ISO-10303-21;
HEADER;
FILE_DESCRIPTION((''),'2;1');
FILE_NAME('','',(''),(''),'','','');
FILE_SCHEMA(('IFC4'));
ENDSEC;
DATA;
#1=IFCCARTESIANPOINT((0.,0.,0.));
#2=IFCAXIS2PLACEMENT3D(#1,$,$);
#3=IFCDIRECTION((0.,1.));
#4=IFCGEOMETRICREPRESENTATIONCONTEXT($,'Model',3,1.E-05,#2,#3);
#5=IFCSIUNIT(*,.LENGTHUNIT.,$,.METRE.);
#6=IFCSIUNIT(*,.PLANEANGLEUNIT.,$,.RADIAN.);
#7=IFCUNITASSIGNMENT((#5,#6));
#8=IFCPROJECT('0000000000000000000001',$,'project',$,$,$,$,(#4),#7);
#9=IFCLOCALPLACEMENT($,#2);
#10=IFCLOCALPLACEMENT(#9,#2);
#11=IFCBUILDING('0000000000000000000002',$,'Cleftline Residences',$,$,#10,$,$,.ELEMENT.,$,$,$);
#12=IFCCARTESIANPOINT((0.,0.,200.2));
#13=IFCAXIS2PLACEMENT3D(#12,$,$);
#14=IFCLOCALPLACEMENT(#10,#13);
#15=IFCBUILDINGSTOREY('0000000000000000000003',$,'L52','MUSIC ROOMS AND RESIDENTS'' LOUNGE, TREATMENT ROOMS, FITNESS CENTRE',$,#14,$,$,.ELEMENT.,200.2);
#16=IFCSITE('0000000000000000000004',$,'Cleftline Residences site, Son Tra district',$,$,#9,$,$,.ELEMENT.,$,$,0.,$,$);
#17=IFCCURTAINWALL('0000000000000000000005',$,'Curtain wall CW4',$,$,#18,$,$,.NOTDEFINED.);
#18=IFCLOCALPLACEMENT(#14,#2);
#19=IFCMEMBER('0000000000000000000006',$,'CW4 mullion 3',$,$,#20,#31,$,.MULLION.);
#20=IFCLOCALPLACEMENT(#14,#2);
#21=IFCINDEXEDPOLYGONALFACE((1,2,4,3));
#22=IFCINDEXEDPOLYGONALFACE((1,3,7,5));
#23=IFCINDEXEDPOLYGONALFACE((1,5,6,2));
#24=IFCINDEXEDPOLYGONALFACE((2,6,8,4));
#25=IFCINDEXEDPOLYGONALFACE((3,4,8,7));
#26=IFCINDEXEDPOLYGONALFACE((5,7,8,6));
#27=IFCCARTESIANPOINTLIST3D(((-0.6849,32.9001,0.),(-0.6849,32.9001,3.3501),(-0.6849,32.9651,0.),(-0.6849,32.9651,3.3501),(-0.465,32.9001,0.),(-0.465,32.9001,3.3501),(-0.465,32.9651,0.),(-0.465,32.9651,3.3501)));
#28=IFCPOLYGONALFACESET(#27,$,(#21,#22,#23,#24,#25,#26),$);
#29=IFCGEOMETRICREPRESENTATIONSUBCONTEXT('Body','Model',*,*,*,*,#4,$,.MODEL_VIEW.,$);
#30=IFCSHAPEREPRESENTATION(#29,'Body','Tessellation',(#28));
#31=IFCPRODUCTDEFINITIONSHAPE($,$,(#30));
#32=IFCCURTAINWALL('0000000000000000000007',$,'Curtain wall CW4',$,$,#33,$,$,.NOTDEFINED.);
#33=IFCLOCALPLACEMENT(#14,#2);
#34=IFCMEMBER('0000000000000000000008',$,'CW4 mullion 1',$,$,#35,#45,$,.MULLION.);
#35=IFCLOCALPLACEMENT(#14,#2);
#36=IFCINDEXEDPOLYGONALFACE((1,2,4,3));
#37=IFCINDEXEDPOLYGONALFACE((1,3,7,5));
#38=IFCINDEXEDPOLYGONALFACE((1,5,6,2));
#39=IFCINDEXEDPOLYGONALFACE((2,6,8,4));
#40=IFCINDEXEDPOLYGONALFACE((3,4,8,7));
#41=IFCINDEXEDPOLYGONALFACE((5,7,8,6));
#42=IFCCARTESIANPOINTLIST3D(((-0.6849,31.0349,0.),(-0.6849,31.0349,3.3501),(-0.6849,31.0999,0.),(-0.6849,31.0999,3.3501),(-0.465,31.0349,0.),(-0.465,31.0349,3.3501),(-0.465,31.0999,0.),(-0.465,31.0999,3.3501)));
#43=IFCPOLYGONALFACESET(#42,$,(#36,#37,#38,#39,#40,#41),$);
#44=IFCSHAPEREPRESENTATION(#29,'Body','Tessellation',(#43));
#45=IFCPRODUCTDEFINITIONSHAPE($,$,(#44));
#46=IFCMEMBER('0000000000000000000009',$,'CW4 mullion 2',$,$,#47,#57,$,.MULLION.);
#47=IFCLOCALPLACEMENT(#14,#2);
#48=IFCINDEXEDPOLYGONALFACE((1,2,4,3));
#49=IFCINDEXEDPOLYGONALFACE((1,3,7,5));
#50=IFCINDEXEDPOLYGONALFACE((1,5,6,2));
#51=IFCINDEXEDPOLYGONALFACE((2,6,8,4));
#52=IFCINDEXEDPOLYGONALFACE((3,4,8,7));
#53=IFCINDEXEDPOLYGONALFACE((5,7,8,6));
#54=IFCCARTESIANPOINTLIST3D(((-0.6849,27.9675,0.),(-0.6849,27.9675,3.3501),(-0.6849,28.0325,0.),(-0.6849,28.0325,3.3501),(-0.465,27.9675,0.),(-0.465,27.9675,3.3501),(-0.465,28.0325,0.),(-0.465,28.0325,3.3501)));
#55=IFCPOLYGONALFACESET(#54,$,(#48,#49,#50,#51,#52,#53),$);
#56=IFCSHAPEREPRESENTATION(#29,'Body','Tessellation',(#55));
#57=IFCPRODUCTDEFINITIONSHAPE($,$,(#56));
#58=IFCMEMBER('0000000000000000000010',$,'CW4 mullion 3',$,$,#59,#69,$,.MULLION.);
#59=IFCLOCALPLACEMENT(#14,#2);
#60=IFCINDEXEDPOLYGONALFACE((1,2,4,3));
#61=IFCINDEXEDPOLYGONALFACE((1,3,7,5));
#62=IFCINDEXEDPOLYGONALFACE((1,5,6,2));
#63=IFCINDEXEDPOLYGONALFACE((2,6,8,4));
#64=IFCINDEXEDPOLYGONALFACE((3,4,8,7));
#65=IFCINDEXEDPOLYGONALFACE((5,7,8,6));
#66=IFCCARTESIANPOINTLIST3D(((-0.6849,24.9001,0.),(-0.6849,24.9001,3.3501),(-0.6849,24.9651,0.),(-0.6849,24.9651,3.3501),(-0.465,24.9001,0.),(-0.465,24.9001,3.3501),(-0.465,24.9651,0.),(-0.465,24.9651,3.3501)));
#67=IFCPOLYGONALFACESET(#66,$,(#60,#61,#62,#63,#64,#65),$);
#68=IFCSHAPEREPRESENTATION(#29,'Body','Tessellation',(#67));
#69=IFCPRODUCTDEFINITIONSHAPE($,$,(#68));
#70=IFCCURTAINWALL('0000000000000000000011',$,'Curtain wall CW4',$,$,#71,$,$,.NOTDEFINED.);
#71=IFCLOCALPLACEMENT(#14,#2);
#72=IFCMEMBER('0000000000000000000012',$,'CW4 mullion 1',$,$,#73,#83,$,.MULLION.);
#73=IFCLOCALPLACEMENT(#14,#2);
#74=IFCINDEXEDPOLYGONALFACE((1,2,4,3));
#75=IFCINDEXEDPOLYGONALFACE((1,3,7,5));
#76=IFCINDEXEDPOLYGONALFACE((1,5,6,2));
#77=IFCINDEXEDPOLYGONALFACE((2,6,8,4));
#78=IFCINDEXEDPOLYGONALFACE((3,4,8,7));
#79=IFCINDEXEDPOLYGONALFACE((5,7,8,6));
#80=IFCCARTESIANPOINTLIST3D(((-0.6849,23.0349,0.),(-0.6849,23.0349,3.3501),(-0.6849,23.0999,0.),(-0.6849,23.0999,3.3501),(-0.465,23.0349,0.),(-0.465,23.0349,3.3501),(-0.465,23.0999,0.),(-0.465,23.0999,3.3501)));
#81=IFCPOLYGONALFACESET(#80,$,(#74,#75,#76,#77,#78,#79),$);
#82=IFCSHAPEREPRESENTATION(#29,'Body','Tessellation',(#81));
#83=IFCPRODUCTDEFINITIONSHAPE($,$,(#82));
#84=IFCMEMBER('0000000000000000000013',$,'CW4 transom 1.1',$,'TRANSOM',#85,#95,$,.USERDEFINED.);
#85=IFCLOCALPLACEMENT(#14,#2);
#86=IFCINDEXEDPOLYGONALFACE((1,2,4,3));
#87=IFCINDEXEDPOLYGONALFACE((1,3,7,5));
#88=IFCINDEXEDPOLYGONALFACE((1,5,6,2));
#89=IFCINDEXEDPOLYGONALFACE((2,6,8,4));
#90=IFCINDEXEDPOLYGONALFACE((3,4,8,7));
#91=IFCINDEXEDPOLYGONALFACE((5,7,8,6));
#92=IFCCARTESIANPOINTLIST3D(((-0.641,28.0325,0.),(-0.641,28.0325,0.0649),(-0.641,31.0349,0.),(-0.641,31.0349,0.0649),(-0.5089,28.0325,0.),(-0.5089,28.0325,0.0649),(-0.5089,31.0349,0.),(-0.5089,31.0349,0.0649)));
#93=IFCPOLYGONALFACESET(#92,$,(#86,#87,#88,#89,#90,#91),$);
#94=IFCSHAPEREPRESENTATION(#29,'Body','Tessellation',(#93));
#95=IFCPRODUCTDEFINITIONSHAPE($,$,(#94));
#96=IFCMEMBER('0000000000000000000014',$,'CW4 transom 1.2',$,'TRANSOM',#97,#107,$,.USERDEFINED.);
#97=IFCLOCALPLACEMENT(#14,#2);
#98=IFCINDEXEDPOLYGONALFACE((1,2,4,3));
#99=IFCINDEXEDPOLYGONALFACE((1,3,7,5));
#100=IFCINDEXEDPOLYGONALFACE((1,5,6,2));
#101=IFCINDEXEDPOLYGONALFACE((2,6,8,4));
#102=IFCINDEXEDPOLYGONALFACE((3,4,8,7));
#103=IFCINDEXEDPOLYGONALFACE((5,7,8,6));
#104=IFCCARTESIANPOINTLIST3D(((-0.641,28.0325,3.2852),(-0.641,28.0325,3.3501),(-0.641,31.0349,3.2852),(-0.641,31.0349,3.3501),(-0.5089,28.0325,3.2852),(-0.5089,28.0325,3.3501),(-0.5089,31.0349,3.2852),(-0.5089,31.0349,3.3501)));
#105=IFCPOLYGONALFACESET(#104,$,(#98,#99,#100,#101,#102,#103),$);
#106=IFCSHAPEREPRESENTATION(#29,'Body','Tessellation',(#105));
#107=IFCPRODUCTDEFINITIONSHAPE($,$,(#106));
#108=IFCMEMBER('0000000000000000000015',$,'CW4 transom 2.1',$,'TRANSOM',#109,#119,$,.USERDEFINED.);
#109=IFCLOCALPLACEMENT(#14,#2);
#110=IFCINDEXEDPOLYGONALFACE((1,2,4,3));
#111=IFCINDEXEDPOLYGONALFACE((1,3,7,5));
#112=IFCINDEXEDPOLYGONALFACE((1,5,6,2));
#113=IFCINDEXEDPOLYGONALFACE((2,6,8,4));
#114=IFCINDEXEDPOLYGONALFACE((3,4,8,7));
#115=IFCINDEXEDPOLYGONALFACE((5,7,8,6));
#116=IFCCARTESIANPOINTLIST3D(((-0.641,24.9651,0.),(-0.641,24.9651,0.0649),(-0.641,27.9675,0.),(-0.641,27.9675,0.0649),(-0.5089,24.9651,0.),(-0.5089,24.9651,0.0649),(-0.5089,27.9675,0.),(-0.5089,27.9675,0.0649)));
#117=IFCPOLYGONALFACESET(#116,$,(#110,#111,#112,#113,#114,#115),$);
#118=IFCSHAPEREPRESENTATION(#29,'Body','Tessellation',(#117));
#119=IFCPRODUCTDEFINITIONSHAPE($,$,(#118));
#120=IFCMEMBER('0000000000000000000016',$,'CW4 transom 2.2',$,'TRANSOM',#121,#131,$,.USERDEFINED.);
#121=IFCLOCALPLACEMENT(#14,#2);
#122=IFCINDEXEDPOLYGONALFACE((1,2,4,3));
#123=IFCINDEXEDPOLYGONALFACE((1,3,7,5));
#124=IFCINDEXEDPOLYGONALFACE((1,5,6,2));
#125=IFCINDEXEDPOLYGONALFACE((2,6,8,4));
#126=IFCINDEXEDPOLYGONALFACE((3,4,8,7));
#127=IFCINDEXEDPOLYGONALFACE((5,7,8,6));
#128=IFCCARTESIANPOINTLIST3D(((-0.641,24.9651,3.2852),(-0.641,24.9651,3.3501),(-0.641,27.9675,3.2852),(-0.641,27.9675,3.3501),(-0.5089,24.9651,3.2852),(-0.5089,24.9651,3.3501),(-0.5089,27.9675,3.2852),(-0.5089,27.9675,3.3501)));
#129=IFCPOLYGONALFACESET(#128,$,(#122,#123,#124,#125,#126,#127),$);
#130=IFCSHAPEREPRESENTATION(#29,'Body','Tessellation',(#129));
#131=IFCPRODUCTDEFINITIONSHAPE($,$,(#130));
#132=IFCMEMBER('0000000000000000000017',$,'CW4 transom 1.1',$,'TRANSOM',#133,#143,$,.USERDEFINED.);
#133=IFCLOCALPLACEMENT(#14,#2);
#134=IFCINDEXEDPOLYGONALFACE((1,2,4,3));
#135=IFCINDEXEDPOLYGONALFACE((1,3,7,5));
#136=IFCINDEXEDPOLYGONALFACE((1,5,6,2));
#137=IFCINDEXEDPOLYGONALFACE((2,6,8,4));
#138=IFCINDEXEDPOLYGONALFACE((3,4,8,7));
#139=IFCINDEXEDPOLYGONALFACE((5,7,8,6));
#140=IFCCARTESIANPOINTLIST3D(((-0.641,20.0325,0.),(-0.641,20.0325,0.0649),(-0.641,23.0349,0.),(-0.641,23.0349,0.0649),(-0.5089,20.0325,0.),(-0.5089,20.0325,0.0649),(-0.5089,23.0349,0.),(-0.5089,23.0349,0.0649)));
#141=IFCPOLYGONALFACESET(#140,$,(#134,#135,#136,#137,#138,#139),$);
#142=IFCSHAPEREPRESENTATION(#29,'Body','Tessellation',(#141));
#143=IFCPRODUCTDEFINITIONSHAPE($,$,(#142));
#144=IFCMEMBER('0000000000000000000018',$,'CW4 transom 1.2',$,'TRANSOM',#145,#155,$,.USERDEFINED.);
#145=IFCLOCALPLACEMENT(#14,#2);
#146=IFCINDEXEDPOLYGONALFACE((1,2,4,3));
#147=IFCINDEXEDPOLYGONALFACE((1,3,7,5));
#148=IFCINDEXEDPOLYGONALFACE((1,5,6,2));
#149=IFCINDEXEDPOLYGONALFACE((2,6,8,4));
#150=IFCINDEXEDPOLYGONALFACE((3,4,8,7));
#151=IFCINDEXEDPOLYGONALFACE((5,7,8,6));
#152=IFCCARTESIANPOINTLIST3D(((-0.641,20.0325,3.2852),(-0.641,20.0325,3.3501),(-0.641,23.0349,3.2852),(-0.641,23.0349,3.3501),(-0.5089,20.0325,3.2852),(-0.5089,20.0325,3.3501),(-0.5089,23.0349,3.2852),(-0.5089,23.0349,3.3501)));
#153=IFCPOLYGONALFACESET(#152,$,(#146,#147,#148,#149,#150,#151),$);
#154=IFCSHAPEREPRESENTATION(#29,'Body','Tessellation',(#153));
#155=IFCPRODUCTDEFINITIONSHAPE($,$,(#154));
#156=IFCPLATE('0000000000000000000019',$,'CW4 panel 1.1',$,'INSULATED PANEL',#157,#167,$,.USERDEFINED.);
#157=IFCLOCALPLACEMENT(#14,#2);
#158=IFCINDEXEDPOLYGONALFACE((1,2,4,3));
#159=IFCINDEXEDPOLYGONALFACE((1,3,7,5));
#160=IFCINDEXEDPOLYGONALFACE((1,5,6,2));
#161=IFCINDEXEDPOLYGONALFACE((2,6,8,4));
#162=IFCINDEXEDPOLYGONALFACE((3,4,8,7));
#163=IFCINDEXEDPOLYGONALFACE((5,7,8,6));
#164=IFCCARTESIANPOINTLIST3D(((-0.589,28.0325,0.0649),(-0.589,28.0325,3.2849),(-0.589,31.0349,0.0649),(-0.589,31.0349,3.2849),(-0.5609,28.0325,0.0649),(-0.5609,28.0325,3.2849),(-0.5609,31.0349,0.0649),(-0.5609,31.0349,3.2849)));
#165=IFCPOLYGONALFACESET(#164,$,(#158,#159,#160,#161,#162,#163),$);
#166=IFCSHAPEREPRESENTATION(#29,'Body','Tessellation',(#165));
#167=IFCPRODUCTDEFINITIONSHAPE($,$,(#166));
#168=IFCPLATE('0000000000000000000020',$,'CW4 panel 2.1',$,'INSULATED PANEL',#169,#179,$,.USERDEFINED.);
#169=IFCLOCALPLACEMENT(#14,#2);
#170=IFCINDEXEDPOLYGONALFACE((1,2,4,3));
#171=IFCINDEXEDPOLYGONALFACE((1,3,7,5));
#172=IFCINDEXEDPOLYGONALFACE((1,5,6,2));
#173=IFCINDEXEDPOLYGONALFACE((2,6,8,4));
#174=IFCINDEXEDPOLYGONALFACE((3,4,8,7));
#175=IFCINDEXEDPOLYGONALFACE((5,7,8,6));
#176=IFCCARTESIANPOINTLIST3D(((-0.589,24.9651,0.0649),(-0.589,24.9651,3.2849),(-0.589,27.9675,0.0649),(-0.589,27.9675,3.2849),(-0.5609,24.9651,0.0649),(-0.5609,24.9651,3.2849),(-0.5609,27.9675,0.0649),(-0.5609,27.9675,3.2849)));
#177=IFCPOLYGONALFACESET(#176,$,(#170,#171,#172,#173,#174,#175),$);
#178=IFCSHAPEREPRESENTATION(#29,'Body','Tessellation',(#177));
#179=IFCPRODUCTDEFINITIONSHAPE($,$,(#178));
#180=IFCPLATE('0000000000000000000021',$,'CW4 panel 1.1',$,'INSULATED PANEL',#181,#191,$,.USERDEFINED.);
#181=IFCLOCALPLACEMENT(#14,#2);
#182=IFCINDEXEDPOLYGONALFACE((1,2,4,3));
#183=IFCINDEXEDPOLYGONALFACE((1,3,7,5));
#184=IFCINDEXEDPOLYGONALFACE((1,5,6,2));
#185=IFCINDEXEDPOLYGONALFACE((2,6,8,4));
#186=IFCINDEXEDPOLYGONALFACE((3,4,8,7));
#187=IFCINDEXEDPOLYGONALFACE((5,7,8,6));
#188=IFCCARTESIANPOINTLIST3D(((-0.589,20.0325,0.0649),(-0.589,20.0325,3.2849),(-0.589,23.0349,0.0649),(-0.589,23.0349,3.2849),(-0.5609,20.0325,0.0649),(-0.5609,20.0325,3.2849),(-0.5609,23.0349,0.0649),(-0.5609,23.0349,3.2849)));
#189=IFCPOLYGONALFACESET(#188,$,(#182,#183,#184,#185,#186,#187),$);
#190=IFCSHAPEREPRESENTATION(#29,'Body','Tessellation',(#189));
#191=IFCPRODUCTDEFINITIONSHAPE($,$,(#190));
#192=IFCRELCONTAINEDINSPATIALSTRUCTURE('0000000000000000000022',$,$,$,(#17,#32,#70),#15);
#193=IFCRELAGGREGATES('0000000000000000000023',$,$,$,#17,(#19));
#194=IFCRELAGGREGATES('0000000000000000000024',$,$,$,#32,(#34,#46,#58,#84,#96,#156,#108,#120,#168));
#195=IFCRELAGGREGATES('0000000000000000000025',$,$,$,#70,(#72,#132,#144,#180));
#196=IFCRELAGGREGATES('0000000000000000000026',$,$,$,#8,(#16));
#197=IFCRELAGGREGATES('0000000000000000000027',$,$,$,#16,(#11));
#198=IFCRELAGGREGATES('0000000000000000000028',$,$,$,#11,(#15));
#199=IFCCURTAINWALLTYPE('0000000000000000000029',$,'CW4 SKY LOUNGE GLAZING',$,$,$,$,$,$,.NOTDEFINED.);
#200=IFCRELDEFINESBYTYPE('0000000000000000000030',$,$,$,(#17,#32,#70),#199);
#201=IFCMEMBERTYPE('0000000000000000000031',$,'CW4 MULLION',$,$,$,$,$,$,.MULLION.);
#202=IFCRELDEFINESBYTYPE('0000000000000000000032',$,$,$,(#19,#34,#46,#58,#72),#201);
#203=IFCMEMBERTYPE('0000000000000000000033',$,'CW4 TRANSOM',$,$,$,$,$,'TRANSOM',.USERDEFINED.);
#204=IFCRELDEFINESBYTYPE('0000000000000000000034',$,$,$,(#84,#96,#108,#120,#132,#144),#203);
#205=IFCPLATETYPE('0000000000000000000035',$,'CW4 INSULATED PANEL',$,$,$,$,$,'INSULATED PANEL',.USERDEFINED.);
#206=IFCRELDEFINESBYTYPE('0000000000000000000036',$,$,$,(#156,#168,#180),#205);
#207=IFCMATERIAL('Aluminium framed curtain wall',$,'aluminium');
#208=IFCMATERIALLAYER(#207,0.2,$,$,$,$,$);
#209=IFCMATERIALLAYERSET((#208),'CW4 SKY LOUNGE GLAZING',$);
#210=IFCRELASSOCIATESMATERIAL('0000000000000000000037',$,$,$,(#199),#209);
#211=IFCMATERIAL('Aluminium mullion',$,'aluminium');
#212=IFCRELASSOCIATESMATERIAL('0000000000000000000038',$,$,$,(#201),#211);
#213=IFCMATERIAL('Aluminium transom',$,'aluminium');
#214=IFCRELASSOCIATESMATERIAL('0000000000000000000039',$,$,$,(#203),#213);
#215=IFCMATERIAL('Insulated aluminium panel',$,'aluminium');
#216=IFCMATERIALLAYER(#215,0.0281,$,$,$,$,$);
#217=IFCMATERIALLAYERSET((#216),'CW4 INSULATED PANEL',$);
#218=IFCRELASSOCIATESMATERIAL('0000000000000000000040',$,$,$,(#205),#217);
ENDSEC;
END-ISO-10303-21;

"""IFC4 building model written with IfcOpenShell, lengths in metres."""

from ifc_helpers import new_model, si_unit, direction, frame, origin, origin_2d, place, context, subcontext, project, spatial, rectangle, extrude, material, layer, layer_set, material_profile, profile_set, type_object, element, aggregate, save


model = new_model("IFC4")

# Units and contexts
model_context = context("Model", 3, precision=1e-05, world=origin(), true_north=direction((0.0, 1.0)))
body_context = subcontext(model_context, "Body", "Model", "MODEL_VIEW")
ifc_project = project(units=[si_unit("LENGTHUNIT", "METRE"), si_unit("PLANEANGLEUNIT", "RADIAN")], contexts=[model_context])

# Site, building, storey
site_placement = place(None, origin())
site = spatial("IfcSite", under=ifc_project, at=site_placement, Name="Cleftline Residences site, Son Tra district", CompositionType="ELEMENT", RefElevation=0.0)
building_placement = place(site_placement, origin())
building = spatial("IfcBuilding", under=site, at=building_placement, Name="Cleftline Residences", CompositionType="ELEMENT")
storey_placement = place(building_placement, frame((0.0, 0.0, 200.2)))
storey = spatial("IfcBuildingStorey", under=building, at=storey_placement, Name="L52", Description="MUSIC ROOMS AND RESIDENTS' LOUNGE, TREATMENT ROOMS, FITNESS CENTRE", CompositionType="ELEMENT", Elevation=200.2)

# Curtain wall, member
ifc_material_1 = material(Name="Aluminium framed curtain wall", Category="aluminium")
ifc_layer_1 = layer(ifc_material_1, 0.2)
ifc_layer_set_1 = layer_set([ifc_layer_1], Name="CW4 SKY LOUNGE GLAZING")
curtain_wall_type = type_object("IfcCurtainWallType", Name="CW4 SKY LOUNGE GLAZING", PredefinedType="NOTDEFINED", material=ifc_layer_set_1)
curtain_wall_1_placement = place(storey_placement, origin())
curtain_wall_1 = element("IfcCurtainWall", 1, at=curtain_wall_1_placement, inside=storey, type_object=curtain_wall_type, Name="Curtain wall CW4", PredefinedType="NOTDEFINED")
ifc_material_2 = material(Name="Aluminium mullion", Category="aluminium")
ifc_material_profile_1 = material_profile(ifc_material_2, rectangle(XDim=0.22, YDim=0.0649, at=origin_2d()))
ifc_profile_set_1 = profile_set([ifc_material_profile_1], Name="Aluminium mullion")
member_type_1 = type_object("IfcMemberType", Name="CW4 MULLION", PredefinedType="MULLION", material=ifc_profile_set_1)
member_1_placement = place(storey_placement, frame((-0.575, 32.9326, 0.0), z_axis=(0.0, 0.0, 1.0), x_axis=(1.0, 0.0, 0.0)))
member_1 = element("IfcMember", 2, at=member_1_placement, type_object=member_type_1, Name="CW4 mullion 3", PredefinedType="MULLION", context=body_context, shape_type="SweptSolid", body=[
    extrude(rectangle(XDim=0.22, YDim=0.0649, at=origin_2d()), origin(), (0.0, 0.0, 1.0), 3.3501),
])
aggregate(curtain_wall_1, [member_1])

# Curtain wall, members
curtain_wall_2_placement = place(storey_placement, origin())
curtain_wall_2 = element("IfcCurtainWall", 3, at=curtain_wall_2_placement, inside=storey, type_object=curtain_wall_type, Name="Curtain wall CW4", PredefinedType="NOTDEFINED")
member_2_placement = place(storey_placement, frame((-0.575, 31.0674, 0.0), z_axis=(0.0, 0.0, 1.0), x_axis=(1.0, 0.0, 0.0)))
member_2 = element("IfcMember", 4, at=member_2_placement, type_object=member_type_1, Name="CW4 mullion 1", PredefinedType="MULLION", context=body_context, shape_type="SweptSolid", body=[
    extrude(rectangle(XDim=0.22, YDim=0.0649, at=origin_2d()), origin(), (0.0, 0.0, 1.0), 3.3501),
])
member_3_placement = place(storey_placement, frame((-0.575, 28.0, 0.0), z_axis=(0.0, 0.0, 1.0), x_axis=(1.0, 0.0, 0.0)))
member_3 = element("IfcMember", 5, at=member_3_placement, type_object=member_type_1, Name="CW4 mullion 2", PredefinedType="MULLION", context=body_context, shape_type="SweptSolid", body=[
    extrude(rectangle(XDim=0.22, YDim=0.0649, at=origin_2d()), origin(), (0.0, 0.0, 1.0), 3.3501),
])
member_4_placement = place(storey_placement, frame((-0.575, 24.9326, 0.0), z_axis=(0.0, 0.0, 1.0), x_axis=(1.0, 0.0, 0.0)))
member_4 = element("IfcMember", 6, at=member_4_placement, type_object=member_type_1, Name="CW4 mullion 3", PredefinedType="MULLION", context=body_context, shape_type="SweptSolid", body=[
    extrude(rectangle(XDim=0.22, YDim=0.0649, at=origin_2d()), origin(), (0.0, 0.0, 1.0), 3.3501),
])

# Curtain wall, member
curtain_wall_3_placement = place(storey_placement, origin())
curtain_wall_3 = element("IfcCurtainWall", 7, at=curtain_wall_3_placement, inside=storey, type_object=curtain_wall_type, Name="Curtain wall CW4", PredefinedType="NOTDEFINED")
member_5_placement = place(storey_placement, frame((-0.575, 23.0674, 0.0), z_axis=(0.0, 0.0, 1.0), x_axis=(1.0, 0.0, 0.0)))
member_5 = element("IfcMember", 8, at=member_5_placement, type_object=member_type_1, Name="CW4 mullion 1", PredefinedType="MULLION", context=body_context, shape_type="SweptSolid", body=[
    extrude(rectangle(XDim=0.22, YDim=0.0649, at=origin_2d()), origin(), (0.0, 0.0, 1.0), 3.3501),
])

# Members
ifc_material_3 = material(Name="Aluminium transom", Category="aluminium")
ifc_material_profile_2 = material_profile(ifc_material_3, rectangle(XDim=0.1321, YDim=0.0649, at=origin_2d()))
ifc_profile_set_2 = profile_set([ifc_material_profile_2], Name="Aluminium transom")
member_type_2 = type_object("IfcMemberType", Name="CW4 TRANSOM", ElementType="TRANSOM", PredefinedType="USERDEFINED", material=ifc_profile_set_2)
member_6_placement = place(storey_placement, frame((-0.575, 31.0349, 0.0325), z_axis=(0.0, -1.0, 0.0), x_axis=(1.0, 0.0, 0.0)))
member_6 = element("IfcMember", 9, at=member_6_placement, type_object=member_type_2, Name="CW4 transom 1.1", ObjectType="TRANSOM", PredefinedType="USERDEFINED", context=body_context, shape_type="SweptSolid", body=[
    extrude(rectangle(XDim=0.1321, YDim=0.0649, at=origin_2d()), origin(), (0.0, 0.0, 1.0), 3.0024),
])
member_7_placement = place(storey_placement, frame((-0.575, 31.0349, 3.3176), z_axis=(0.0, -1.0, 0.0), x_axis=(1.0, 0.0, 0.0)))
member_7 = element("IfcMember", 10, at=member_7_placement, type_object=member_type_2, Name="CW4 transom 1.2", ObjectType="TRANSOM", PredefinedType="USERDEFINED", context=body_context, shape_type="SweptSolid", body=[
    extrude(rectangle(XDim=0.1321, YDim=0.0649, at=origin_2d()), origin(), (0.0, 0.0, 1.0), 3.0024),
])
member_8_placement = place(storey_placement, frame((-0.575, 27.9675, 0.0325), z_axis=(0.0, -1.0, 0.0), x_axis=(1.0, 0.0, 0.0)))
member_8 = element("IfcMember", 11, at=member_8_placement, type_object=member_type_2, Name="CW4 transom 2.1", ObjectType="TRANSOM", PredefinedType="USERDEFINED", context=body_context, shape_type="SweptSolid", body=[
    extrude(rectangle(XDim=0.1321, YDim=0.0649, at=origin_2d()), origin(), (0.0, 0.0, 1.0), 3.0024),
])
member_9_placement = place(storey_placement, frame((-0.575, 27.9675, 3.3176), z_axis=(0.0, -1.0, 0.0), x_axis=(1.0, 0.0, 0.0)))
member_9 = element("IfcMember", 12, at=member_9_placement, type_object=member_type_2, Name="CW4 transom 2.2", ObjectType="TRANSOM", PredefinedType="USERDEFINED", context=body_context, shape_type="SweptSolid", body=[
    extrude(rectangle(XDim=0.1321, YDim=0.0649, at=origin_2d()), origin(), (0.0, 0.0, 1.0), 3.0024),
])
member_10_placement = place(storey_placement, frame((-0.575, 23.0349, 0.0325), z_axis=(0.0, -1.0, 0.0), x_axis=(1.0, 0.0, 0.0)))
member_10 = element("IfcMember", 13, at=member_10_placement, type_object=member_type_2, Name="CW4 transom 1.1", ObjectType="TRANSOM", PredefinedType="USERDEFINED", context=body_context, shape_type="SweptSolid", body=[
    extrude(rectangle(XDim=0.1321, YDim=0.0649, at=origin_2d()), origin(), (0.0, 0.0, 1.0), 3.0024),
])
member_11_placement = place(storey_placement, frame((-0.575, 23.0349, 3.3176), z_axis=(0.0, -1.0, 0.0), x_axis=(1.0, 0.0, 0.0)))
member_11 = element("IfcMember", 14, at=member_11_placement, type_object=member_type_2, Name="CW4 transom 1.2", ObjectType="TRANSOM", PredefinedType="USERDEFINED", context=body_context, shape_type="SweptSolid", body=[
    extrude(rectangle(XDim=0.1321, YDim=0.0649, at=origin_2d()), origin(), (0.0, 0.0, 1.0), 3.0024),
])

# Plates
ifc_material_4 = material(Name="Insulated aluminium panel", Category="aluminium")
ifc_layer_2 = layer(ifc_material_4, 0.0281)
ifc_layer_set_2 = layer_set([ifc_layer_2], Name="CW4 INSULATED PANEL")
plate_type = type_object("IfcPlateType", Name="CW4 INSULATED PANEL", ElementType="INSULATED PANEL", PredefinedType="USERDEFINED", material=ifc_layer_set_2)
plate_1_placement = place(storey_placement, frame((-0.575, 29.5337, 0.0649), z_axis=(0.0, 0.0, 1.0), x_axis=(0.0, -1.0, 0.0)))
plate_1 = element("IfcPlate", 15, at=plate_1_placement, type_object=plate_type, Name="CW4 panel 1.1", ObjectType="INSULATED PANEL", PredefinedType="USERDEFINED", context=body_context, shape_type="SweptSolid", body=[
    extrude(rectangle(XDim=3.0024, YDim=0.0281, at=origin_2d()), origin(), (0.0, 0.0, 1.0), 3.22),
])
plate_2_placement = place(storey_placement, frame((-0.575, 26.4663, 0.0649), z_axis=(0.0, 0.0, 1.0), x_axis=(0.0, -1.0, 0.0)))
plate_2 = element("IfcPlate", 16, at=plate_2_placement, type_object=plate_type, Name="CW4 panel 2.1", ObjectType="INSULATED PANEL", PredefinedType="USERDEFINED", context=body_context, shape_type="SweptSolid", body=[
    extrude(rectangle(XDim=3.0024, YDim=0.0281, at=origin_2d()), origin(), (0.0, 0.0, 1.0), 3.22),
])
aggregate(curtain_wall_2, [member_2, member_3, member_4, member_6, member_7, plate_1, member_8, member_9, plate_2])
plate_3_placement = place(storey_placement, frame((-0.575, 21.5337, 0.0649), z_axis=(0.0, 0.0, 1.0), x_axis=(0.0, -1.0, 0.0)))
plate_3 = element("IfcPlate", 17, at=plate_3_placement, type_object=plate_type, Name="CW4 panel 1.1", ObjectType="INSULATED PANEL", PredefinedType="USERDEFINED", context=body_context, shape_type="SweptSolid", body=[
    extrude(rectangle(XDim=3.0024, YDim=0.0281, at=origin_2d()), origin(), (0.0, 0.0, 1.0), 3.22),
])
aggregate(curtain_wall_3, [member_5, member_10, member_11, plate_3])

save(model, "model.ifc")
